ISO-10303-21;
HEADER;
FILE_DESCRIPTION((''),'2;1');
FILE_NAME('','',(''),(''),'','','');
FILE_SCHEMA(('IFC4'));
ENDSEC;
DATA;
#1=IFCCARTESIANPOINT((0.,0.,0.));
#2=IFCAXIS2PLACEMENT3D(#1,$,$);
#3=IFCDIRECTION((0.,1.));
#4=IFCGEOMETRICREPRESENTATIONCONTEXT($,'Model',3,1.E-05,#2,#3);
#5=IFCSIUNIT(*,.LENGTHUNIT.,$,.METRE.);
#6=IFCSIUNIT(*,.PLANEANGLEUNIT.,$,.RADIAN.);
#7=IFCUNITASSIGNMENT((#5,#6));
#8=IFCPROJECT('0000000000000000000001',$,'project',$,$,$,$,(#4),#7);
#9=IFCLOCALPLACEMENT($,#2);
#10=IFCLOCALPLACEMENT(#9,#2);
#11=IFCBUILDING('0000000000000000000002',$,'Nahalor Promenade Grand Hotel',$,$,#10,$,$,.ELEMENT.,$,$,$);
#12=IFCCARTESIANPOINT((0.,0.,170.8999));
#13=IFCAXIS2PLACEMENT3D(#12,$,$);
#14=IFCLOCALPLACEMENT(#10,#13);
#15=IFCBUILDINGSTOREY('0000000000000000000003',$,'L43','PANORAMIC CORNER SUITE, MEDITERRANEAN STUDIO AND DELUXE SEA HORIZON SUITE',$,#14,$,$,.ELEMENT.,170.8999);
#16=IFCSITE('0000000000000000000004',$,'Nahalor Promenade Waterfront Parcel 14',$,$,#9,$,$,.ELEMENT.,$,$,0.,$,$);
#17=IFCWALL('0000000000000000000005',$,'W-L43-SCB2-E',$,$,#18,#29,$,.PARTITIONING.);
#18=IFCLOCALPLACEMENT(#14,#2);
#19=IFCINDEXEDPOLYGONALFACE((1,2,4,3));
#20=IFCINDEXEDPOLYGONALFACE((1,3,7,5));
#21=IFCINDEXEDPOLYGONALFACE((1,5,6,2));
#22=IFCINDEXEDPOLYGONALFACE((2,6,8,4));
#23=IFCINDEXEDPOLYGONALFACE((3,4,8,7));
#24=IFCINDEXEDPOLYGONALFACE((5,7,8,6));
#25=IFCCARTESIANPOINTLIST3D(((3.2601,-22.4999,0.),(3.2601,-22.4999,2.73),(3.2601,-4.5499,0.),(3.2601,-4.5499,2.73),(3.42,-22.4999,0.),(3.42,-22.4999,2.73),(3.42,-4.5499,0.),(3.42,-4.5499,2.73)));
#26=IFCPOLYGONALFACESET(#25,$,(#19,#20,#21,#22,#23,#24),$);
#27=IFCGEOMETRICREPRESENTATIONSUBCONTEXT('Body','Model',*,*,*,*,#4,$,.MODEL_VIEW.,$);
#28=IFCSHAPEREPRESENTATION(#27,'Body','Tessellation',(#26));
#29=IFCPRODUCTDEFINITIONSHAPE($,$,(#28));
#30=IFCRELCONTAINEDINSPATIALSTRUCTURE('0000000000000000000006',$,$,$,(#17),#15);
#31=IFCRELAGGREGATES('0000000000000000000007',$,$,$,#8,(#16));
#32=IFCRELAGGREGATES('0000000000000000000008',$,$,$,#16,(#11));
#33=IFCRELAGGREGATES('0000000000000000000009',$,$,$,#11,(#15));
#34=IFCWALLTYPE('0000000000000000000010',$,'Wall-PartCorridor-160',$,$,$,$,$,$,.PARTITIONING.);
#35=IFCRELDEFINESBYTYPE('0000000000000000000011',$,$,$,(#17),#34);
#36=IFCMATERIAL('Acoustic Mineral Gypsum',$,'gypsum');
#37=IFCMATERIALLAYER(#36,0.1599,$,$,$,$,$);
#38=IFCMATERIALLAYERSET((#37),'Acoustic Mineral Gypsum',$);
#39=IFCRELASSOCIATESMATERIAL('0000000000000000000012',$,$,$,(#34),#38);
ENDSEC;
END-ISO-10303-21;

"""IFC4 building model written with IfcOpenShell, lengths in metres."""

from ifc_helpers import new_model, si_unit, direction, frame, frame_2d, origin, place, context, subcontext, project, spatial, rectangle, extrude, source, transform, mapped, material, layer, layer_set, type_object, element, save


model = new_model("IFC4")

# Units and contexts
model_context = context("Model", 3, precision=1e-05, world=origin(), true_north=direction((0.0, 1.0)))
body_context = subcontext(model_context, "Body", "Model", "MODEL_VIEW")
ifc_project = project(units=[si_unit("LENGTHUNIT", "METRE"), si_unit("PLANEANGLEUNIT", "RADIAN")], contexts=[model_context])

# Site, building, storey
site_placement = place(None, origin())
site = spatial("IfcSite", under=ifc_project, at=site_placement, Name="Nahalor Promenade Waterfront Parcel 14", CompositionType="ELEMENT", RefElevation=0.0)
building_placement = place(site_placement, origin())
building = spatial("IfcBuilding", under=site, at=building_placement, Name="Nahalor Promenade Grand Hotel", CompositionType="ELEMENT")
storey_placement = place(building_placement, frame((0.0, 0.0, 170.8999)))
storey = spatial("IfcBuildingStorey", under=building, at=storey_placement, Name="L43", Description="PANORAMIC CORNER SUITE, MEDITERRANEAN STUDIO AND DELUXE SEA HORIZON SUITE", CompositionType="ELEMENT", Elevation=170.8999)

# Wall
ifc_material_1 = material(Name="Acoustic Mineral Gypsum", Category="gypsum")
ifc_layer_1 = layer(ifc_material_1, 0.1599)
ifc_layer_set_1 = layer_set([ifc_layer_1], Name="Acoustic Mineral Gypsum")
wall_type_1 = type_object("IfcWallType", Name="Wall-PartCorridor-160", PredefinedType="PARTITIONING", material=ifc_layer_set_1)
shared_shape_1 = source(origin(), body_context, "Body", "SweptSolid", [
    extrude(rectangle(XDim=17.95, YDim=0.1599, at=frame_2d((8.9751, 0.0))), origin(), (0.0, 0.0, 1.0), 2.73),
])
wall_1_placement = place(storey_placement, frame((3.3401, -22.5, 0.0), z_axis=(0.0, 0.0, 1.0), x_axis=(0.0, 1.0, 0.0)))
element("IfcWall", 1, at=wall_1_placement, inside=storey, type_object=wall_type_1, Name="W-L43-SCB2-E", PredefinedType="PARTITIONING", context=body_context, shape_type="MappedRepresentation", body=[
    mapped(shared_shape_1, transform((0.0, 0.0, 0.0), scale=1.0)),
])

save(model, "model.ifc")
